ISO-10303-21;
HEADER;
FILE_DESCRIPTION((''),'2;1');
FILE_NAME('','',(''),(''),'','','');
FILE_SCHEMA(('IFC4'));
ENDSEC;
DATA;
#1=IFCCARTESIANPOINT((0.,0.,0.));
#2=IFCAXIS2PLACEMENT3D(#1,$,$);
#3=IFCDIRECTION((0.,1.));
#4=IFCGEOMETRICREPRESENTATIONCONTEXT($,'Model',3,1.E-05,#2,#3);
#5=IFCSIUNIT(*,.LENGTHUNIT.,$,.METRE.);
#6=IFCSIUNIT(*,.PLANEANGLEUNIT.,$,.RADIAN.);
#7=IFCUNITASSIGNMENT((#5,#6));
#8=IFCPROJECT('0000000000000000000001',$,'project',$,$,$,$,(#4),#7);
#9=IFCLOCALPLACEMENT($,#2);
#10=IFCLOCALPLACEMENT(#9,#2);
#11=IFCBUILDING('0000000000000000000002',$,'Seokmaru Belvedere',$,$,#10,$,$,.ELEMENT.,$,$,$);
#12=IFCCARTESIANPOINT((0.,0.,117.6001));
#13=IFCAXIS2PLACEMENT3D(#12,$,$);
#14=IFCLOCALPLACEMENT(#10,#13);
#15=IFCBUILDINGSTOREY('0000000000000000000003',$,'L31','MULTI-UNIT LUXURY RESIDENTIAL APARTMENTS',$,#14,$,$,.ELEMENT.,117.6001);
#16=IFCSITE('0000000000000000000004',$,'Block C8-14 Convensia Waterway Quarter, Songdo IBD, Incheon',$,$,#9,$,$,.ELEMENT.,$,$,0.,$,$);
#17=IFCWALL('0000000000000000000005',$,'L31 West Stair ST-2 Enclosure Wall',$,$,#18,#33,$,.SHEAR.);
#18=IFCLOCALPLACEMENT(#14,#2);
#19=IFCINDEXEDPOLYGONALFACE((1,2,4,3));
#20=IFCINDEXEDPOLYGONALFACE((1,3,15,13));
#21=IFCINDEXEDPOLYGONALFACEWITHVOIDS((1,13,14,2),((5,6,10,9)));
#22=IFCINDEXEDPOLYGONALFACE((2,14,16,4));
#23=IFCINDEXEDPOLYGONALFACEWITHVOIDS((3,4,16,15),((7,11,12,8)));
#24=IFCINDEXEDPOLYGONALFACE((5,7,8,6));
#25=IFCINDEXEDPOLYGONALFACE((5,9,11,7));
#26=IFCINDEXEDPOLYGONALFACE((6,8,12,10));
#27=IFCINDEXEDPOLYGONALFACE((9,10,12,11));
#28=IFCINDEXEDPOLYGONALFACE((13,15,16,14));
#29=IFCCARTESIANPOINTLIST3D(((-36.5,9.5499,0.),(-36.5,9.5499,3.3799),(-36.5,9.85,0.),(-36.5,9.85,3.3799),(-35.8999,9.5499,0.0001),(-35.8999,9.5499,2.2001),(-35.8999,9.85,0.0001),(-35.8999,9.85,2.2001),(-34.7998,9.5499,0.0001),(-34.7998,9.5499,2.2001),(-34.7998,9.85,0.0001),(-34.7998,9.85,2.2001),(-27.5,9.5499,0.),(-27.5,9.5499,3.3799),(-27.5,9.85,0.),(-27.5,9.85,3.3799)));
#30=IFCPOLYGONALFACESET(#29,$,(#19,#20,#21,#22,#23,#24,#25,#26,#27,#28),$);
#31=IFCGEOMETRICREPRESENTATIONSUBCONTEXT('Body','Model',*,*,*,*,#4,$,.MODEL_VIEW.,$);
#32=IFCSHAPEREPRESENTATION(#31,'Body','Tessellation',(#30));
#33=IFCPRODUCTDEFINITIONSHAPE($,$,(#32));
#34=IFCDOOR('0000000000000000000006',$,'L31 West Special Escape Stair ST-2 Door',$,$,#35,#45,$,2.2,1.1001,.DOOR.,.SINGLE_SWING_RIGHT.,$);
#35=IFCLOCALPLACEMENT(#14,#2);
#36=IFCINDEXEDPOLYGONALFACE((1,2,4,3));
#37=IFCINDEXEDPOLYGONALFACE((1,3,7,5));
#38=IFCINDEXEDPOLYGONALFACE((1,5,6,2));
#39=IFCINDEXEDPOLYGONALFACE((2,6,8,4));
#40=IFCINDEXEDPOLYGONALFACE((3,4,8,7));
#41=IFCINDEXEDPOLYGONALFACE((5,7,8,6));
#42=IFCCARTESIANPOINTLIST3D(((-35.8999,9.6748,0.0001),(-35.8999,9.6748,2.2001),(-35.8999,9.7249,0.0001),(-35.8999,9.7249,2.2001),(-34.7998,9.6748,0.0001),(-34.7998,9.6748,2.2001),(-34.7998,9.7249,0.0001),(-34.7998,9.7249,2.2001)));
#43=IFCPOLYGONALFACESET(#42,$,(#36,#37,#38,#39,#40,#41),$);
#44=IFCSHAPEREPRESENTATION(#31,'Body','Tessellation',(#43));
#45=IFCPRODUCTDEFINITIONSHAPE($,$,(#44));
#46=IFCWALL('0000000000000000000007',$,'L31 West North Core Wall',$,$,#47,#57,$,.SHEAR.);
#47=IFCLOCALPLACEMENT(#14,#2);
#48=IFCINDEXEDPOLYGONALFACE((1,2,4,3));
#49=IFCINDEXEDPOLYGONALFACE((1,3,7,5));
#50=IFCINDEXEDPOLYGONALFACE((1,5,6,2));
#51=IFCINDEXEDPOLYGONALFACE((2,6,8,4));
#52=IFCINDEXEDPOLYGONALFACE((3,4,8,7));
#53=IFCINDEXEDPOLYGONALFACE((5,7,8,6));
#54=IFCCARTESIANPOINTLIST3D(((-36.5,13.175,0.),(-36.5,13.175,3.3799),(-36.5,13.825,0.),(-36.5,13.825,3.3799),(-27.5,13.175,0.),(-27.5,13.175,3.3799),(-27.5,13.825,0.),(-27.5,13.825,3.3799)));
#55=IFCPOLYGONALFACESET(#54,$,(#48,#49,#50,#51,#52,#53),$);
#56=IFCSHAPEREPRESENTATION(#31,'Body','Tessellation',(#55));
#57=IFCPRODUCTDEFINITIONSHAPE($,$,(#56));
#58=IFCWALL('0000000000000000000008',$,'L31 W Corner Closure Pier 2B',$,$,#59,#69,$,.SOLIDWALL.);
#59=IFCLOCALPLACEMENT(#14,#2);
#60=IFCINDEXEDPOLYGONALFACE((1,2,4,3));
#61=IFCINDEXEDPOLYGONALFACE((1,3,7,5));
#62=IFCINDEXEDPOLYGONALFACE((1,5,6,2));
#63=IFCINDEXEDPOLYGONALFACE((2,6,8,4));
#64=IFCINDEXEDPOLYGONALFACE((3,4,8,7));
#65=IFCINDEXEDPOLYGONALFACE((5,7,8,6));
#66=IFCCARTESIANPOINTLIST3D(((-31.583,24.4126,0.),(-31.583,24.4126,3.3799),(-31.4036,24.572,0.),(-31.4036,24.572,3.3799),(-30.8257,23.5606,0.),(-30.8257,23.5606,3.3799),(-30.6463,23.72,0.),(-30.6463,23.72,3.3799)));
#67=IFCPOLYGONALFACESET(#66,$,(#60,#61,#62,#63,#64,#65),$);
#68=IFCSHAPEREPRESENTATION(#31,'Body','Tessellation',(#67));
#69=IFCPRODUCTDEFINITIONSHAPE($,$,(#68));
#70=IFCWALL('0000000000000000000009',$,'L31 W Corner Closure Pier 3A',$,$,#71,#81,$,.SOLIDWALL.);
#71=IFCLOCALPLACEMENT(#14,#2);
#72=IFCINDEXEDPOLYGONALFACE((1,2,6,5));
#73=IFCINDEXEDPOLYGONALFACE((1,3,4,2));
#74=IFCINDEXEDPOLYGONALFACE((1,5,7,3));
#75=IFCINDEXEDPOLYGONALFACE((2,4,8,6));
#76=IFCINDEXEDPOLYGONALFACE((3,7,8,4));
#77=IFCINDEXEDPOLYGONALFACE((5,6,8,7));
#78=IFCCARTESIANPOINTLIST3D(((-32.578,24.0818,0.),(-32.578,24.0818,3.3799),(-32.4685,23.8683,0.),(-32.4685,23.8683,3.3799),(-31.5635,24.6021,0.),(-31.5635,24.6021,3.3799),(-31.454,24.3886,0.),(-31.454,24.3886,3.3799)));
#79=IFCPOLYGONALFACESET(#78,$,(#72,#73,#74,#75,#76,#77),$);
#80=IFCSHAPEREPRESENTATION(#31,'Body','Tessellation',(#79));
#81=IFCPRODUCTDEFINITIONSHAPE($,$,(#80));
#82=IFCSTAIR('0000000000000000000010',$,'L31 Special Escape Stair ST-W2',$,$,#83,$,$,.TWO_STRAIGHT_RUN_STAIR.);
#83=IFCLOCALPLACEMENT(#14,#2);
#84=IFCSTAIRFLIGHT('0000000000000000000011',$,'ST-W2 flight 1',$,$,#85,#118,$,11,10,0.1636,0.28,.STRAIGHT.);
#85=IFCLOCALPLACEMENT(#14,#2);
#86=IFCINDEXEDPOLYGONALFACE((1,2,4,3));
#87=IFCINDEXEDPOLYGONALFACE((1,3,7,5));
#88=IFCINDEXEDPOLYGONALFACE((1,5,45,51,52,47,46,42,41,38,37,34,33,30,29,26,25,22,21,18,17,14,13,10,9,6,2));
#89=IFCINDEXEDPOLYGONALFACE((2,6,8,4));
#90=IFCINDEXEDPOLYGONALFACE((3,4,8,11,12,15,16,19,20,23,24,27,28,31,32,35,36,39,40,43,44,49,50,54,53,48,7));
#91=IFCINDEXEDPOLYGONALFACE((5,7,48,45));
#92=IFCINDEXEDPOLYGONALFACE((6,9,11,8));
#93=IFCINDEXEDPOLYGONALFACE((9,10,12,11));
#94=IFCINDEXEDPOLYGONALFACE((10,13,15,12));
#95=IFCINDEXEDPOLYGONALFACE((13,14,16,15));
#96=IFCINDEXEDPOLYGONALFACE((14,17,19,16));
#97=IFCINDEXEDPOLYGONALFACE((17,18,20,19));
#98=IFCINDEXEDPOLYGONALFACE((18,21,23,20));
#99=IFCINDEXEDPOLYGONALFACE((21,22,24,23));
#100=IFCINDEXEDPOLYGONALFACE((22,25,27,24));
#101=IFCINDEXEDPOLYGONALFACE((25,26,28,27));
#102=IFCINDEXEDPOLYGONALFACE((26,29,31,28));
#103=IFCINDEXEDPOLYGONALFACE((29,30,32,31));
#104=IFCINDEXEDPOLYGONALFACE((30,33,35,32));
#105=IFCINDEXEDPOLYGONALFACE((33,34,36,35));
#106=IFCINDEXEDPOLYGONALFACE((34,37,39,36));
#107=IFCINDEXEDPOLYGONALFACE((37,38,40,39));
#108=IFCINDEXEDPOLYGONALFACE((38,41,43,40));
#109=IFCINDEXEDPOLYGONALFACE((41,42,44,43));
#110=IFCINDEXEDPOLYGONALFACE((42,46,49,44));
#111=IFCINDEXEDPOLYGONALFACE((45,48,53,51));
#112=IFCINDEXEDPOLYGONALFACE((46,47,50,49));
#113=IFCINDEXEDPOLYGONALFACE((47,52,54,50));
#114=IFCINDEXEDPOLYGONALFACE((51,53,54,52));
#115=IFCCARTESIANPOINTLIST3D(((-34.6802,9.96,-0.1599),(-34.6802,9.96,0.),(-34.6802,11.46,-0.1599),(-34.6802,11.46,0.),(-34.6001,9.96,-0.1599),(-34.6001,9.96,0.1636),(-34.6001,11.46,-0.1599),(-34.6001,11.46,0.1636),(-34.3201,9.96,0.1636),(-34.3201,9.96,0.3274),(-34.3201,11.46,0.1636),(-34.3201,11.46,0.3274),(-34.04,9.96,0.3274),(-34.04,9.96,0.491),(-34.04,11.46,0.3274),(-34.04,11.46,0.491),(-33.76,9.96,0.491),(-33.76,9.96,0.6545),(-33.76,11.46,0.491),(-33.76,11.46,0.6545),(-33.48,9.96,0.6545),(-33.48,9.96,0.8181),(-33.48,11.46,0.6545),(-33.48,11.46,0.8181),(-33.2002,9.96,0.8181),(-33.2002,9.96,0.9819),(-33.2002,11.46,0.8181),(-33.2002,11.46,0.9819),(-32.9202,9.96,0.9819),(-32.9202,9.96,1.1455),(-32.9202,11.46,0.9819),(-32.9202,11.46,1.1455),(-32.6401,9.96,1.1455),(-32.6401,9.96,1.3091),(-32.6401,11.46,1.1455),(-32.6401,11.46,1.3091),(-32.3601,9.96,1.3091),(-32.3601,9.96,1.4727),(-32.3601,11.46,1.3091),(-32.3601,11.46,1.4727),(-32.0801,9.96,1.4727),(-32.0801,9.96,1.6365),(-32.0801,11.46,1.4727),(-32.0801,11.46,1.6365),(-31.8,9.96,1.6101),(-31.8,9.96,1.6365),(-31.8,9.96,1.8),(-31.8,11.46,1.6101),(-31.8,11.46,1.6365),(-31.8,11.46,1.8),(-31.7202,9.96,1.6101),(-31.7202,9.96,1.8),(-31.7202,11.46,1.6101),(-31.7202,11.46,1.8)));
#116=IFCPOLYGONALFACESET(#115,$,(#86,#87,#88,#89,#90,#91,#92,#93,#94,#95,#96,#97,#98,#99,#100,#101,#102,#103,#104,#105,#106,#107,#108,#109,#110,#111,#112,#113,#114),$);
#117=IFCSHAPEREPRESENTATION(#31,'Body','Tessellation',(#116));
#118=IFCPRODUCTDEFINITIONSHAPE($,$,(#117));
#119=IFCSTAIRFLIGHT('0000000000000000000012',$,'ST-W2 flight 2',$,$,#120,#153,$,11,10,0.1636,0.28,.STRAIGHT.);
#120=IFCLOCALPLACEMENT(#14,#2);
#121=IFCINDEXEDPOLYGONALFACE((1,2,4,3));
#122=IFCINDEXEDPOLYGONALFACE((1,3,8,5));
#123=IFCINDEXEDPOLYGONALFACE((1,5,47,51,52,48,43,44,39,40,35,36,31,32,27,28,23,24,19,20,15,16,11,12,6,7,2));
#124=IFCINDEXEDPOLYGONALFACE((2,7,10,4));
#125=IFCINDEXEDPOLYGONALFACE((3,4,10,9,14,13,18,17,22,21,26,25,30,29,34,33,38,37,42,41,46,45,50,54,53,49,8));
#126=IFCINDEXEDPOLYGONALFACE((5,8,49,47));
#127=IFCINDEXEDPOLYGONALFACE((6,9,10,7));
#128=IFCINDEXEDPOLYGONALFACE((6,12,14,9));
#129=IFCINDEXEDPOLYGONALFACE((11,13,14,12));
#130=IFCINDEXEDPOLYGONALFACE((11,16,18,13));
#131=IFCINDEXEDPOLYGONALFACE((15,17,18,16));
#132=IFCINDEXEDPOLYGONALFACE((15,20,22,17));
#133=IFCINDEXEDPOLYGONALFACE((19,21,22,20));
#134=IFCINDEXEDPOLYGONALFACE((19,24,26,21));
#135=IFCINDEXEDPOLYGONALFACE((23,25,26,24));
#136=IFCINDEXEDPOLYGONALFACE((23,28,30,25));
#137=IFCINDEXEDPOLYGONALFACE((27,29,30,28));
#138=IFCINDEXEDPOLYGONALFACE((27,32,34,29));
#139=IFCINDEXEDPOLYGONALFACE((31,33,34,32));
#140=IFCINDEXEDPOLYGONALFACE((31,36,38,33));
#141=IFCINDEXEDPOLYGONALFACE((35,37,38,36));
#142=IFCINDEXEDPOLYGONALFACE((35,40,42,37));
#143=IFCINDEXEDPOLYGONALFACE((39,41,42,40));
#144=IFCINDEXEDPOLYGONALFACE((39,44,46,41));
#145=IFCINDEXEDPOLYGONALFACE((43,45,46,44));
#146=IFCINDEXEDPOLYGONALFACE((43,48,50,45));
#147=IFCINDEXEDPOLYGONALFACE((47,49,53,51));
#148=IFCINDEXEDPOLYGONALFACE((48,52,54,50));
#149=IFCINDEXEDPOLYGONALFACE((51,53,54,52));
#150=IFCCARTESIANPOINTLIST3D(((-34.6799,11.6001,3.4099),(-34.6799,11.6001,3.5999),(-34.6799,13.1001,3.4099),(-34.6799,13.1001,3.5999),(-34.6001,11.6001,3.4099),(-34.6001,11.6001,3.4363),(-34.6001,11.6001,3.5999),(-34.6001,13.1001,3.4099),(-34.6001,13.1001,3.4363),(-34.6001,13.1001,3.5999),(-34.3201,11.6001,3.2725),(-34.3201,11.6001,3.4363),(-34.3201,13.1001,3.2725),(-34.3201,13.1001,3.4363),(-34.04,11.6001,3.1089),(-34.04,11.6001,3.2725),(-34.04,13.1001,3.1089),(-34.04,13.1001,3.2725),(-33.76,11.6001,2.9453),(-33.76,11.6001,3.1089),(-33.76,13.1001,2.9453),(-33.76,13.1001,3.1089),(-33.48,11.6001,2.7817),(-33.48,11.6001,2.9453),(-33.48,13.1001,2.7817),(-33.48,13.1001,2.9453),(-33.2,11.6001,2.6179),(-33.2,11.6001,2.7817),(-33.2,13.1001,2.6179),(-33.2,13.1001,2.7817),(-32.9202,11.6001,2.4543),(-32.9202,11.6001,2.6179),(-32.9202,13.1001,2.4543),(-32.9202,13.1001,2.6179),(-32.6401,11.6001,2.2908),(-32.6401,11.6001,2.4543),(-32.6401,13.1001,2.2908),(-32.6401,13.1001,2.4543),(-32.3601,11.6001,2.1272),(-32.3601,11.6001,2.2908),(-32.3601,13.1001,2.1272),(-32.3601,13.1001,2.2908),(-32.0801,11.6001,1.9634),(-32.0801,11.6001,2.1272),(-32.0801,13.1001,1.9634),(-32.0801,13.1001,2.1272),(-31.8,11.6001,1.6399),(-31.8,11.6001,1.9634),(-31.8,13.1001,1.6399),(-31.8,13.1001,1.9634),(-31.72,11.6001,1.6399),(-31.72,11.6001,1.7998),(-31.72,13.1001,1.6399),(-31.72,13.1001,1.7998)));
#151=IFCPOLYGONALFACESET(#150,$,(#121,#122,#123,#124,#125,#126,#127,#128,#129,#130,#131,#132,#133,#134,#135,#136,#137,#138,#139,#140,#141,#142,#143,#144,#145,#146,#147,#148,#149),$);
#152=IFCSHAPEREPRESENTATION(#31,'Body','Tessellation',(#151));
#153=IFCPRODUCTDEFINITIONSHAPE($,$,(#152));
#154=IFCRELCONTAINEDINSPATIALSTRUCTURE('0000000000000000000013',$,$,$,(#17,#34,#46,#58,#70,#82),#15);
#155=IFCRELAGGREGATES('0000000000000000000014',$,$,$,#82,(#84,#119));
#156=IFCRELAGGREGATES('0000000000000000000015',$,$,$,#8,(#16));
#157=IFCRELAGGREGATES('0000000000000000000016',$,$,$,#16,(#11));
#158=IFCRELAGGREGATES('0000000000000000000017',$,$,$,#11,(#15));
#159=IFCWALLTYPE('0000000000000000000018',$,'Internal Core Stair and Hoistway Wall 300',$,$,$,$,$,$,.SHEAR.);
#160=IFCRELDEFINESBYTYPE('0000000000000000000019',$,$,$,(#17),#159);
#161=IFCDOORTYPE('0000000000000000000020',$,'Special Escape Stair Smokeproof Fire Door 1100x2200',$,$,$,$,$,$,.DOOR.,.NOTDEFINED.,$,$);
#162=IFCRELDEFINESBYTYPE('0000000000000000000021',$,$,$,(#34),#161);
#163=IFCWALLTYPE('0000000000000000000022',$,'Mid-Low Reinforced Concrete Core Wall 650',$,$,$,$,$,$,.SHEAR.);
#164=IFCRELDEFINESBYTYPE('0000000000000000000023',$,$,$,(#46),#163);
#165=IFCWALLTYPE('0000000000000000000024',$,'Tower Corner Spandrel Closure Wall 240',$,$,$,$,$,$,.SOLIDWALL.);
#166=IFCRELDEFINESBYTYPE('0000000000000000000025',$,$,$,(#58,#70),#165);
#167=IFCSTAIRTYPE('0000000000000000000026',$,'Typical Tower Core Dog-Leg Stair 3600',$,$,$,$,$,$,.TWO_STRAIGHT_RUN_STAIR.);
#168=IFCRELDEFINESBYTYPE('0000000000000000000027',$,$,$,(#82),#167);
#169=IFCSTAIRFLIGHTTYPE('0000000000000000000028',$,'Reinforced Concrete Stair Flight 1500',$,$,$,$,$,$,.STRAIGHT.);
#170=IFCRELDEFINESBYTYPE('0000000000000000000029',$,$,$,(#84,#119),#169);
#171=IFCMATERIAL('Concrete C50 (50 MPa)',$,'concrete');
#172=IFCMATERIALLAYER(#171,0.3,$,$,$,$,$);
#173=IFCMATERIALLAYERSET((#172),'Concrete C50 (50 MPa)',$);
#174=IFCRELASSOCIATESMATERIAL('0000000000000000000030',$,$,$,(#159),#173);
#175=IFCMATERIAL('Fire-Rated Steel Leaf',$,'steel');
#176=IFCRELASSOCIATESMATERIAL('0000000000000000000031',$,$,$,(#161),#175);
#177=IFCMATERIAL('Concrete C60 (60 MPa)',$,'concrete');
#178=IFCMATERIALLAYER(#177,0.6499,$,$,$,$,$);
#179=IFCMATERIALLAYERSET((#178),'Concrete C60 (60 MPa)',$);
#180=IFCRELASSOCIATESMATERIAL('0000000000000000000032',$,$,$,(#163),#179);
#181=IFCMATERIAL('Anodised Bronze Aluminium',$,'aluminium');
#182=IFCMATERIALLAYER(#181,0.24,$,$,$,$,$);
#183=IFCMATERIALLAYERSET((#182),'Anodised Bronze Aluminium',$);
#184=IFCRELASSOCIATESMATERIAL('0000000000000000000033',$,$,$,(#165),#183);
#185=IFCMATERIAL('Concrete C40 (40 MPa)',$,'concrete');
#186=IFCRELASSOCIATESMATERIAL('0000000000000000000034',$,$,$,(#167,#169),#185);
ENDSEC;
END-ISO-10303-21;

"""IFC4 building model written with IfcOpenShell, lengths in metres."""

from ifc_helpers import new_model, si_unit, direction, frame, frame_2d, origin, place, context, subcontext, project, spatial, polyline, rectangle, outline, extrude, source, transform, mapped, material, layer, layer_set, type_object, type_shapes, element, fill, aggregate, save


model = new_model("IFC4")

# Units and contexts
model_context = context("Model", 3, precision=1e-05, world=origin(), true_north=direction((0.0, 1.0)))
body_context = subcontext(model_context, "Body", "Model", "MODEL_VIEW")
ifc_project = project(units=[si_unit("LENGTHUNIT", "METRE"), si_unit("PLANEANGLEUNIT", "RADIAN")], contexts=[model_context])

# Site, building, storey
site_placement = place(None, origin())
site = spatial("IfcSite", under=ifc_project, at=site_placement, Name="Block C8-14 Convensia Waterway Quarter, Songdo IBD, Incheon", CompositionType="ELEMENT", RefElevation=0.0)
building_placement = place(site_placement, origin())
building = spatial("IfcBuilding", under=site, at=building_placement, Name="Seokmaru Belvedere", CompositionType="ELEMENT")
storey_placement = place(building_placement, frame((0.0, 0.0, 117.6001)))
storey = spatial("IfcBuildingStorey", under=building, at=storey_placement, Name="L31", Description="MULTI-UNIT LUXURY RESIDENTIAL APARTMENTS", CompositionType="ELEMENT", Elevation=117.6001)

# Shared definitions
ifc_material_1 = material(Name="Anodised Bronze Aluminium", Category="aluminium")

# Shared definitions
ifc_material_2 = material(Name="Fire-Rated Steel Leaf", Category="steel")

# Wall, opening, door
ifc_material_3 = material(Name="Concrete C50 (50 MPa)", Category="concrete")
ifc_layer_1 = layer(ifc_material_3, 0.3)
ifc_layer_set_1 = layer_set([ifc_layer_1], Name="Concrete C50 (50 MPa)")
wall_type_1 = type_object("IfcWallType", Name="Internal Core Stair and Hoistway Wall 300", PredefinedType="SHEAR", material=ifc_layer_set_1)
wall_1_placement = place(storey_placement, frame((-36.5, 9.7, 0.0), z_axis=(0.0, 0.0, 1.0), x_axis=(1.0, 0.0, 0.0)))
wall_1 = element("IfcWall", 1, at=wall_1_placement, inside=storey, type_object=wall_type_1, Name="L31 West Stair ST-2 Enclosure Wall", PredefinedType="SHEAR", context=body_context, shape_type="SweptSolid", body=[
    extrude(rectangle(XDim=9.0, YDim=0.3, at=frame_2d((4.5, 0.0))), origin(), (0.0, 0.0, 1.0), 3.3799),
])
opening_1_placement = place(wall_1_placement, frame((0.6001, 0.0, 0.0)))
opening_1 = element("IfcOpeningElement", 2, at=opening_1_placement, cuts=wall_1, PredefinedType="OPENING", context=body_context, shape_type="SweptSolid", body=[
    extrude(rectangle(XDim=1.1001, YDim=2.2, at=frame_2d((0.55, 1.1001))), frame((0.0, 0.1602, 0.0), z_axis=(0.0, -1.0, 0.0), x_axis=(1.0, 0.0, 0.0)), (0.0, 0.0, 1.0), 0.3201),
])
door_type_1 = type_object("IfcDoorType", Name="Special Escape Stair Smokeproof Fire Door 1100x2200", OperationType="NOTDEFINED", PredefinedType="DOOR", material=ifc_material_2)
shared_shape_1 = source(origin(), body_context, "Body", "SweptSolid", [
    extrude(rectangle(XDim=1.1001, YDim=2.2, at=frame_2d((0.55, 1.1001))), frame((0.0, 0.0249, 0.0), z_axis=(0.0, -1.0, 0.0), x_axis=(1.0, 0.0, 0.0)), (0.0, 0.0, 1.0), 0.05),
])
type_shapes(door_type_1, [shared_shape_1])
door_1_placement = place(opening_1_placement, origin())
door_1 = element("IfcDoor", 3, at=door_1_placement, inside=storey, type_object=door_type_1, Name="L31 West Special Escape Stair ST-2 Door", OperationType="SINGLE_SWING_RIGHT", OverallHeight=2.2, OverallWidth=1.1001, PredefinedType="DOOR", context=body_context, shape_type="MappedRepresentation", body=[
    mapped(shared_shape_1, transform((0.0, 0.0, 0.0), scale=1.0)),
])
fill(opening_1, door_1)

# Wall
ifc_material_4 = material(Name="Concrete C60 (60 MPa)", Category="concrete")
ifc_layer_2 = layer(ifc_material_4, 0.6499)
ifc_layer_set_2 = layer_set([ifc_layer_2], Name="Concrete C60 (60 MPa)")
wall_type_2 = type_object("IfcWallType", Name="Mid-Low Reinforced Concrete Core Wall 650", PredefinedType="SHEAR", material=ifc_layer_set_2)
wall_2_placement = place(storey_placement, frame((-36.5, 13.5, 0.0), z_axis=(0.0, 0.0, 1.0), x_axis=(1.0, 0.0, 0.0)))
element("IfcWall", 4, at=wall_2_placement, inside=storey, type_object=wall_type_2, Name="L31 West North Core Wall", PredefinedType="SHEAR", context=body_context, shape_type="SweptSolid", body=[
    extrude(rectangle(XDim=9.0, YDim=0.6499, at=frame_2d((4.5, 0.0))), origin(), (0.0, 0.0, 1.0), 3.3799),
])

# Walls
ifc_layer_3 = layer(ifc_material_1, 0.24)
ifc_layer_set_3 = layer_set([ifc_layer_3], Name="Anodised Bronze Aluminium")
wall_type_3 = type_object("IfcWallType", Name="Tower Corner Spandrel Closure Wall 240", PredefinedType="SOLIDWALL", material=ifc_layer_set_3)
wall_3_placement = place(storey_placement, frame((-30.7361, 23.6404, 0.0), z_axis=(0.0, 0.0, 1.0), x_axis=(-0.664337, 0.747433, 0.0)))
element("IfcWall", 5, at=wall_3_placement, inside=storey, type_object=wall_type_3, Name="L31 W Corner Closure Pier 2B", PredefinedType="SOLIDWALL", context=body_context, shape_type="SweptSolid", body=[
    extrude(rectangle(XDim=1.1399, YDim=0.24, at=frame_2d((0.5698, 0.0))), origin(), (0.0, 0.0, 1.0), 3.3799),
])
wall_4_placement = place(storey_placement, frame((-31.5088, 24.4954, 0.0), z_axis=(0.0, 0.0, 1.0), x_axis=(-0.889797, -0.456356, 0.0)))
element("IfcWall", 6, at=wall_4_placement, inside=storey, type_object=wall_type_3, Name="L31 W Corner Closure Pier 3A", PredefinedType="SOLIDWALL", context=body_context, shape_type="SweptSolid", body=[
    extrude(rectangle(XDim=1.1401, YDim=0.24, at=frame_2d((0.5701, 0.0))), origin(), (0.0, 0.0, 1.0), 3.3799),
])

# Stair, stair flights
ifc_material_5 = material(Name="Concrete C40 (40 MPa)", Category="concrete")
stair_type = type_object("IfcStairType", Name="Typical Tower Core Dog-Leg Stair 3600", PredefinedType="TWO_STRAIGHT_RUN_STAIR", material=ifc_material_5)
stair_placement = place(storey_placement, origin())
stair = element("IfcStair", 7, at=stair_placement, inside=storey, type_object=stair_type, Name="L31 Special Escape Stair ST-W2", PredefinedType="TWO_STRAIGHT_RUN_STAIR")
stair_flight_type = type_object("IfcStairFlightType", Name="Reinforced Concrete Stair Flight 1500", PredefinedType="STRAIGHT", material=ifc_material_5)
stair_flight_1_placement = place(storey_placement, frame((-34.6001, 10.71, 0.0), z_axis=(0.0, 0.0, 1.0), x_axis=(1.0, 0.0, 0.0)))
stair_flight_1 = element("IfcStairFlight", 8, at=stair_flight_1_placement, type_object=stair_flight_type, Name="ST-W2 flight 1", NumberOfRisers=11, NumberOfTreads=10, PredefinedType="STRAIGHT", RiserHeight=0.1636, TreadLength=0.28, context=body_context, shape_type="SweptSolid", body=[
    extrude(outline(polyline([(-0.0801, 0.0), (0.0, 0.1636), (0.28, 0.1636), (0.28, 0.3274), (0.5601, 0.3274), (0.5601, 0.491), (0.8401, 0.491), (0.8401, 0.6545), (1.1201, 0.6545), (1.1201, 0.8181), (1.3999, 0.8181), (1.3999, 0.9819), (1.6799, 0.9819), (1.6799, 1.1455), (1.96, 1.1455), (1.96, 1.3091), (2.24, 1.3091), (2.24, 1.4727), (2.52, 1.4727), (2.52, 1.6365), (2.8, 1.6365), (2.8, 1.8), (2.8799, 1.8), (2.8799, 1.6101), (2.8, 1.6101), (0.0, -0.1599), (-0.0801, -0.1599), (-0.0801, 0.0)])), frame((0.0, 0.75, 0.0), z_axis=(0.0, -1.0, 0.0), x_axis=(1.0, 0.0, 0.0)), (0.0, 0.0, 1.0), 1.5),
])
stair_flight_2_placement = place(storey_placement, frame((-31.8, 12.3501, 1.7998), z_axis=(0.0, 0.0, 1.0), x_axis=(-1.0, 0.0, 0.0)))
stair_flight_2 = element("IfcStairFlight", 9, at=stair_flight_2_placement, type_object=stair_flight_type, Name="ST-W2 flight 2", NumberOfRisers=11, NumberOfTreads=10, PredefinedType="STRAIGHT", RiserHeight=0.1636, TreadLength=0.28, context=body_context, shape_type="SweptSolid", body=[
    extrude(outline(polyline([(-0.0801, 0.0), (0.0, 0.1636), (0.28, 0.1636), (0.28, 0.3274), (0.5601, 0.3274), (0.5601, 0.491), (0.8401, 0.491), (0.8401, 0.6545), (1.1201, 0.6545), (1.1201, 0.8181), (1.3999, 0.8181), (1.3999, 0.9819), (1.6799, 0.9819), (1.6799, 1.1455), (1.96, 1.1455), (1.96, 1.3091), (2.24, 1.3091), (2.24, 1.4727), (2.52, 1.4727), (2.52, 1.6365), (2.8, 1.6365), (2.8, 1.8), (2.8799, 1.8), (2.8799, 1.6101), (2.8, 1.6101), (0.0, -0.1599), (-0.0801, -0.1599), (-0.0801, 0.0)])), frame((0.0, 0.75, 0.0), z_axis=(0.0, -1.0, 0.0), x_axis=(1.0, 0.0, 0.0)), (0.0, 0.0, 1.0), 1.5),
])
aggregate(stair, [stair_flight_1, stair_flight_2])

save(model, "model.ifc")
